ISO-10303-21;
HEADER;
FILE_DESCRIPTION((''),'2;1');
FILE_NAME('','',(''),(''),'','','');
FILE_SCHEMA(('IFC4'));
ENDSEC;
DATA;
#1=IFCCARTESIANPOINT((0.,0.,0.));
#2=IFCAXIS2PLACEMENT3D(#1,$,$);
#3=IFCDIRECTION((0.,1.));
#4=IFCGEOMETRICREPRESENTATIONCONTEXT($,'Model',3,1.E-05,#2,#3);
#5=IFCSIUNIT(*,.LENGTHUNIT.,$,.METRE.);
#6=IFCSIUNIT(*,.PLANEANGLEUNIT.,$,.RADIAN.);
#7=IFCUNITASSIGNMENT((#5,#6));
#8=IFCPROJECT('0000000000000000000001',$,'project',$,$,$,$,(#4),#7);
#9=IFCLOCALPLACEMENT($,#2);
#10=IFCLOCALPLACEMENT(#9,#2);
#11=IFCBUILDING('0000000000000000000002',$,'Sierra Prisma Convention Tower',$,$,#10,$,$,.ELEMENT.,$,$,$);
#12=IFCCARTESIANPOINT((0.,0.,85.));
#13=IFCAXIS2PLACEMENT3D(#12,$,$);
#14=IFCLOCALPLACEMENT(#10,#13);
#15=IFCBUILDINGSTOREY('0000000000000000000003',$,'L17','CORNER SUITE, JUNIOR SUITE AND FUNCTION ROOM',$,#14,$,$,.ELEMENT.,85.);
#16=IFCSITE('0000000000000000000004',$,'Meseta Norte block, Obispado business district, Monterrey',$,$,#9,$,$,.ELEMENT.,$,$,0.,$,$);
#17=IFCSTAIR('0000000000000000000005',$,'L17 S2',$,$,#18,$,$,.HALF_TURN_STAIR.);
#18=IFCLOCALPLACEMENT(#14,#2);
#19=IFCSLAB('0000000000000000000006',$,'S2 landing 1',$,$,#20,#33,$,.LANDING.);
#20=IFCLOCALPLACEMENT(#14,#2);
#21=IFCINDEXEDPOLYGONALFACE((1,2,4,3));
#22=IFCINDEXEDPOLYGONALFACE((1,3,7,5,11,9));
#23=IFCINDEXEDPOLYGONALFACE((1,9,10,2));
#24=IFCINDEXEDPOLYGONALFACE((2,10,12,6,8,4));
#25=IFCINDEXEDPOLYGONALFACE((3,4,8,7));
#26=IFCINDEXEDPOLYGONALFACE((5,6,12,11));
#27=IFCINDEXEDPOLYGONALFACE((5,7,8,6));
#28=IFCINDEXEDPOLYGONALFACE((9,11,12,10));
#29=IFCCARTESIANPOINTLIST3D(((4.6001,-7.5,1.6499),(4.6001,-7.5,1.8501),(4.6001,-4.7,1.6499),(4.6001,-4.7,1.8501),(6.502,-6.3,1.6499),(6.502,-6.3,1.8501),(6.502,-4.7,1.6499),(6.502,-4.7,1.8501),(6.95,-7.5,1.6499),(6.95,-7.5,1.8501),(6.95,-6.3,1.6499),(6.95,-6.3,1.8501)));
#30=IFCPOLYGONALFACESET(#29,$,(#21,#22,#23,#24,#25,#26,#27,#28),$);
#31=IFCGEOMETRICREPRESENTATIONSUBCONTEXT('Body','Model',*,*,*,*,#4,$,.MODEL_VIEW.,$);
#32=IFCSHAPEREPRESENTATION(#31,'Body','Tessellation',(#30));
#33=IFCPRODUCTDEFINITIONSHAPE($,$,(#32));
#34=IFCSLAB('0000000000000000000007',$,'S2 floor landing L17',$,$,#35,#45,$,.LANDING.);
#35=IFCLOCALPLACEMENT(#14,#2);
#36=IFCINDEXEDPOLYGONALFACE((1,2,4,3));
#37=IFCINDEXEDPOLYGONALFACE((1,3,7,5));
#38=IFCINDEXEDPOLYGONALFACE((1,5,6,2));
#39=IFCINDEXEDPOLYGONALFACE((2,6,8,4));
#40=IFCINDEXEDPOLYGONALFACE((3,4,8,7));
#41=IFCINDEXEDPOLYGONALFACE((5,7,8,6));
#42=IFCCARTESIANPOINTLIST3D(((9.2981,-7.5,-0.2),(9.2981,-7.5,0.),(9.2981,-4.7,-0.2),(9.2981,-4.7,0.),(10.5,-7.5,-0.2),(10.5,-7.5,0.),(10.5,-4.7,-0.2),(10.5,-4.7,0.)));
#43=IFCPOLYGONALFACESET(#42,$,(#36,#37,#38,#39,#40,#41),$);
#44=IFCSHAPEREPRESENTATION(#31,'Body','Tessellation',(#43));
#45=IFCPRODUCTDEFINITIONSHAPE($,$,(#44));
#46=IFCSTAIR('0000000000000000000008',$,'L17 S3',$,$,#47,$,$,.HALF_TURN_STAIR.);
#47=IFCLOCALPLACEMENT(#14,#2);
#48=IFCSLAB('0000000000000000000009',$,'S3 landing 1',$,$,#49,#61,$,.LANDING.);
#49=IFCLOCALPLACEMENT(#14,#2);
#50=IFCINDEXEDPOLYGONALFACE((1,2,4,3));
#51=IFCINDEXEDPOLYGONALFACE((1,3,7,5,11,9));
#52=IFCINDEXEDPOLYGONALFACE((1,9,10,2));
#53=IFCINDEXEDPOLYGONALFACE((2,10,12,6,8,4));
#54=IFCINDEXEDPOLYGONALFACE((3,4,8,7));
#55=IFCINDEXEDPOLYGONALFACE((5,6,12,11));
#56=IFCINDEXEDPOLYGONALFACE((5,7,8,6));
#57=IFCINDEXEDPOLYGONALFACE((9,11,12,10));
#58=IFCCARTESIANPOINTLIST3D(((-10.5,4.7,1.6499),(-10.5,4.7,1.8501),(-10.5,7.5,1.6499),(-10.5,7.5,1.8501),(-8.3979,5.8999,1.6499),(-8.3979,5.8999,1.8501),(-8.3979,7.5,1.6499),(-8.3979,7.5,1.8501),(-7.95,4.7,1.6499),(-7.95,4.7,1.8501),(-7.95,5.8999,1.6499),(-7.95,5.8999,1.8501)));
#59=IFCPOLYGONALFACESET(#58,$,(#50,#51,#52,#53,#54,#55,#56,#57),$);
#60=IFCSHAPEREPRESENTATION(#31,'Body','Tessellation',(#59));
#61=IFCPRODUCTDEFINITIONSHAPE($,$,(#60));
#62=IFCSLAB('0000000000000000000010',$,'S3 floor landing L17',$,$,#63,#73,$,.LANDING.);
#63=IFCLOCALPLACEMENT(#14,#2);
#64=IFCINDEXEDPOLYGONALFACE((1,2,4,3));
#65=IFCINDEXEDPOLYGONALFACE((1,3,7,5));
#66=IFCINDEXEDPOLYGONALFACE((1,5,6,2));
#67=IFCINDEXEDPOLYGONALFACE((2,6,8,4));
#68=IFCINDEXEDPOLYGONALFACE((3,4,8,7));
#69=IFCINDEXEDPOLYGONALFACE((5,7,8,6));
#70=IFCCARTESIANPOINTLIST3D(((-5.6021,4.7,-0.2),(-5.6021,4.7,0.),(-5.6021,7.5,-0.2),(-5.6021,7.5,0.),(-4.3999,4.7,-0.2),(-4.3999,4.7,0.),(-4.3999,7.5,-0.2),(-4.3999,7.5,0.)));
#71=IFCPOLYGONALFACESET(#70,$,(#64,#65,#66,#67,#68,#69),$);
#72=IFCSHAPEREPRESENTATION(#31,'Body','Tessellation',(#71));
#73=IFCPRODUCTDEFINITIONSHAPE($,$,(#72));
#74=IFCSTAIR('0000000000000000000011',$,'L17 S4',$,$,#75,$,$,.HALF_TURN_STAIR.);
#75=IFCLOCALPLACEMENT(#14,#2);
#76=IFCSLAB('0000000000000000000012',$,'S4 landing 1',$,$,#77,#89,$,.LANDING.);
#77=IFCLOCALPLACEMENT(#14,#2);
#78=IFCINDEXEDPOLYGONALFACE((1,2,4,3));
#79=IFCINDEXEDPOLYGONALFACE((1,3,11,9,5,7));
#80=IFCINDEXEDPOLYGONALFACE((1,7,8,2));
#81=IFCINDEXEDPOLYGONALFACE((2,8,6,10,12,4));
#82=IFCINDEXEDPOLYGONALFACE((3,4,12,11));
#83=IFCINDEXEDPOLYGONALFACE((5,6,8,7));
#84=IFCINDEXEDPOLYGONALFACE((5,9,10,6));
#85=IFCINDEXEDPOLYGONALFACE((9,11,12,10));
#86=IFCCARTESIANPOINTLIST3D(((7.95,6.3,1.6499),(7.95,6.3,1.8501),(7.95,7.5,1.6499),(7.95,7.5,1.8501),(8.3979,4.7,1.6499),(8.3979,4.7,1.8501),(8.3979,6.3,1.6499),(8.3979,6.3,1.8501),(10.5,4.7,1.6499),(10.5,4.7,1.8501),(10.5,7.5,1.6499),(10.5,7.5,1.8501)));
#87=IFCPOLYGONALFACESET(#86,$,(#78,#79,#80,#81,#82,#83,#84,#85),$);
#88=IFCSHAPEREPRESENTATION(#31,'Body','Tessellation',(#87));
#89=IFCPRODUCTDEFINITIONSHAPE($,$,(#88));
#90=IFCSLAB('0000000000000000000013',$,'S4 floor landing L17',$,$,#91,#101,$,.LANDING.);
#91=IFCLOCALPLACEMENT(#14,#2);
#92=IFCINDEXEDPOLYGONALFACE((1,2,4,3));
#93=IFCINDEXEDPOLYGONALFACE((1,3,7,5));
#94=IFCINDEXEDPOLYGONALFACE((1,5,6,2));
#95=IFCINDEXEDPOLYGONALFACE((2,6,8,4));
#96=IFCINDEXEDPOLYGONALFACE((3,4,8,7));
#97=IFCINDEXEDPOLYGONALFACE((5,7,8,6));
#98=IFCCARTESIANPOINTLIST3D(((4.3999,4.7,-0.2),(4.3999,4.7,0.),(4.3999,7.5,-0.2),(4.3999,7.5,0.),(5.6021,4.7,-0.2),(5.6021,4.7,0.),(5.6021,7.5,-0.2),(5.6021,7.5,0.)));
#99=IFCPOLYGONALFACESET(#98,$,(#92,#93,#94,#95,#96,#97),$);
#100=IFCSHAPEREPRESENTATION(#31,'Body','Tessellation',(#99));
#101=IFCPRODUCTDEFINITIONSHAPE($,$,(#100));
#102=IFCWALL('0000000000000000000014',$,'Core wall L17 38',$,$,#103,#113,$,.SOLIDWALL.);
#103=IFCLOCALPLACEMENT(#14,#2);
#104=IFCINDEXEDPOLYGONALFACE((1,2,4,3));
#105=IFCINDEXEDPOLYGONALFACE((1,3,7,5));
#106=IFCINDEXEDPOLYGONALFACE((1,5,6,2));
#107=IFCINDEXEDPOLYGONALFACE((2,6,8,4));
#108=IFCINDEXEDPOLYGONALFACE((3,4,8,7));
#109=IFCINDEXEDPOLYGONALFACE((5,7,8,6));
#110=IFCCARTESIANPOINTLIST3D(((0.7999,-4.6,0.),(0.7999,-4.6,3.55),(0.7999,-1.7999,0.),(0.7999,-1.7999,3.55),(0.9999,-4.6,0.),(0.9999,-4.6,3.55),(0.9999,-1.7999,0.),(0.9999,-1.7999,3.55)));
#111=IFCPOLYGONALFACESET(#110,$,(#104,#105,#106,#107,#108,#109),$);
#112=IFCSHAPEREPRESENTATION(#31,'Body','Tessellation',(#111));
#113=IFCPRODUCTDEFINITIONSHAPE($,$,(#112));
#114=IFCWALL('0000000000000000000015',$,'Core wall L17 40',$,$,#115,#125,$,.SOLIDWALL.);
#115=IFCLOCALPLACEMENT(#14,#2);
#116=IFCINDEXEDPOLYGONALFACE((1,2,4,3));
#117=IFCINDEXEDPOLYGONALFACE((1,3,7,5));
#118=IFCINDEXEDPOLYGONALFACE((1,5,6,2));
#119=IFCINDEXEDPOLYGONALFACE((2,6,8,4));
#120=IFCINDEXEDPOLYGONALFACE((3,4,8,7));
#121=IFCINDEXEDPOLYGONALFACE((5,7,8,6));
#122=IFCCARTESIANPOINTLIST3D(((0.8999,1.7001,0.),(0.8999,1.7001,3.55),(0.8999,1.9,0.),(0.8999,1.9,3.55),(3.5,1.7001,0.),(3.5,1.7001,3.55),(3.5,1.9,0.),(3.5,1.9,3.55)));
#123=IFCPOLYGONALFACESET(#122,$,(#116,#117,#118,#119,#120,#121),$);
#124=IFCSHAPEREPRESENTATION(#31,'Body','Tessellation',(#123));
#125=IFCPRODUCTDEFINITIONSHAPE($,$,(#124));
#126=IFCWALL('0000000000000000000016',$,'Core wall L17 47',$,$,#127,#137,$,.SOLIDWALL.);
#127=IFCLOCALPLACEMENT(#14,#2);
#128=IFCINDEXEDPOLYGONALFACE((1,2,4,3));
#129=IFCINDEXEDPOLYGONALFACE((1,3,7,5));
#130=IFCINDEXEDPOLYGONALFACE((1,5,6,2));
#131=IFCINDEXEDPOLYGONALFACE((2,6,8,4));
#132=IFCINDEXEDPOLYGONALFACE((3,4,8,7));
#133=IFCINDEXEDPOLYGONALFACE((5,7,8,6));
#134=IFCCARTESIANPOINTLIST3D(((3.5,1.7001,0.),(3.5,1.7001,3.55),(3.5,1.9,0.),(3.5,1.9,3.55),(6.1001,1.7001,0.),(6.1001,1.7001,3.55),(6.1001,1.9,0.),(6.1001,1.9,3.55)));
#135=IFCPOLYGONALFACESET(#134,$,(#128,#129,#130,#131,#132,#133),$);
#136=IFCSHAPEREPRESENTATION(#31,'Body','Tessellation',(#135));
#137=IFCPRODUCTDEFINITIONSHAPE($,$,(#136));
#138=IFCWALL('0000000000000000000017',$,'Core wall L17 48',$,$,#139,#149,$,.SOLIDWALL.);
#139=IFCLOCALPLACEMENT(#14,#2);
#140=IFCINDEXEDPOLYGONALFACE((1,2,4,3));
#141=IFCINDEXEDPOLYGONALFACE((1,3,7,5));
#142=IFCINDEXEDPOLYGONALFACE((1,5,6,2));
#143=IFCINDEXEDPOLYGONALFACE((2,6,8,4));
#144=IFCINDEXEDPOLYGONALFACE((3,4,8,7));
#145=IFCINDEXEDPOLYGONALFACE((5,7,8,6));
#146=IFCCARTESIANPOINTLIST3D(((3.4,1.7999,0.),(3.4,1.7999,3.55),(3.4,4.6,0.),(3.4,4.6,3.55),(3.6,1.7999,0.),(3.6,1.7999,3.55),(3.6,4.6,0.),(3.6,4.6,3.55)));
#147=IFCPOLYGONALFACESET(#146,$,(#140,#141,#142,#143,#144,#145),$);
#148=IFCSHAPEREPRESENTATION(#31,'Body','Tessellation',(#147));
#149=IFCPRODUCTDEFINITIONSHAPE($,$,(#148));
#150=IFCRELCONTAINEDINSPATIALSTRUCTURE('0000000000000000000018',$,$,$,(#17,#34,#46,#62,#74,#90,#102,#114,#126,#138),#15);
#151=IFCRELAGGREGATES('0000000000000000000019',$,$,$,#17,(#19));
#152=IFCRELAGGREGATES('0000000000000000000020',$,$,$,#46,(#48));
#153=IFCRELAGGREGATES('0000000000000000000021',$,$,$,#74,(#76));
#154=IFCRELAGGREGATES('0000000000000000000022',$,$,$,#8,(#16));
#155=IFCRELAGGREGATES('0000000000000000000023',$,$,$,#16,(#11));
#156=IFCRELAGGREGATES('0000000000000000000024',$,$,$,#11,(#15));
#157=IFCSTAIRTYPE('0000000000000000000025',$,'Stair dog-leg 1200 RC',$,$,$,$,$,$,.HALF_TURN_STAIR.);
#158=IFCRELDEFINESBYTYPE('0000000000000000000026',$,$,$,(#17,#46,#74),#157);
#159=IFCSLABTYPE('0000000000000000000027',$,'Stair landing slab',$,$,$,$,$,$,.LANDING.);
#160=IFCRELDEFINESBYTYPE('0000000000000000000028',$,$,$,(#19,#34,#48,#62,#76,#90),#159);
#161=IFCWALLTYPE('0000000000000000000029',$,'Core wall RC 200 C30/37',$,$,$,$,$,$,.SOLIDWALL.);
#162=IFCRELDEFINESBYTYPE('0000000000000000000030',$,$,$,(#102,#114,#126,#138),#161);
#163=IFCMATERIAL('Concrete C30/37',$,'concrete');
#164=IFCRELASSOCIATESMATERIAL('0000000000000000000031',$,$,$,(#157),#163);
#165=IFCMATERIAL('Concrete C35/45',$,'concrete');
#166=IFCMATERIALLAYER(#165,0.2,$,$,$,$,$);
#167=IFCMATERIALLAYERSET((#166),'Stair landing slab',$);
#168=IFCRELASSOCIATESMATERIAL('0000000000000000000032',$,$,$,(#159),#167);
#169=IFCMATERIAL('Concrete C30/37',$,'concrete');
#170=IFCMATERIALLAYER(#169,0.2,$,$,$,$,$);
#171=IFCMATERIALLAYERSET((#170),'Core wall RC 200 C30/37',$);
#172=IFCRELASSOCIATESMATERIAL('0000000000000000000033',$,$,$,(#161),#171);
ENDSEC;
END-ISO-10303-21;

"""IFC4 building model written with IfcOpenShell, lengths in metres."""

from ifc_helpers import new_model, si_unit, direction, frame, frame_2d, origin, place, context, subcontext, project, spatial, polyline, rectangle, outline, extrude, material, layer, layer_set, type_object, element, aggregate, save


model = new_model("IFC4")

# Units and contexts
model_context = context("Model", 3, precision=1e-05, world=origin(), true_north=direction((0.0, 1.0)))
body_context = subcontext(model_context, "Body", "Model", "MODEL_VIEW")
ifc_project = project(units=[si_unit("LENGTHUNIT", "METRE"), si_unit("PLANEANGLEUNIT", "RADIAN")], contexts=[model_context])

# Site, building, storey
site_placement = place(None, origin())
site = spatial("IfcSite", under=ifc_project, at=site_placement, Name="Meseta Norte block, Obispado business district, Monterrey", CompositionType="ELEMENT", RefElevation=0.0)
building_placement = place(site_placement, origin())
building = spatial("IfcBuilding", under=site, at=building_placement, Name="Sierra Prisma Convention Tower", CompositionType="ELEMENT")
storey_placement = place(building_placement, frame((0.0, 0.0, 85.0)))
storey = spatial("IfcBuildingStorey", under=building, at=storey_placement, Name="L17", Description="CORNER SUITE, JUNIOR SUITE AND FUNCTION ROOM", CompositionType="ELEMENT", Elevation=85.0)

# Stair, slab
ifc_material_1 = material(Name="Concrete C30/37", Category="concrete")
stair_type = type_object("IfcStairType", Name="Stair dog-leg 1200 RC", PredefinedType="HALF_TURN_STAIR", material=ifc_material_1)
stair_1_placement = place(storey_placement, origin())
stair_1 = element("IfcStair", 1, at=stair_1_placement, inside=storey, type_object=stair_type, Name="L17 S2", PredefinedType="HALF_TURN_STAIR")
ifc_material_2 = material(Name="Concrete C35/45", Category="concrete")
ifc_layer_1 = layer(ifc_material_2, 0.2)
ifc_layer_set_1 = layer_set([ifc_layer_1], Name="Stair landing slab")
slab_type = type_object("IfcSlabType", Name="Stair landing slab", PredefinedType="LANDING", material=ifc_layer_set_1)
slab_1_placement = place(storey_placement, frame((0.0, 0.0, 1.6499)))
slab_1 = element("IfcSlab", 2, at=slab_1_placement, type_object=slab_type, Name="S2 landing 1", PredefinedType="LANDING", context=body_context, shape_type="SweptSolid", body=[
    extrude(outline(polyline([(6.95, -6.3), (6.95, -7.5), (4.6001, -7.5), (4.6001, -4.7), (6.502, -4.7), (6.502, -6.3), (6.95, -6.3)])), origin(), (0.0, 0.0, 1.0), 0.2002),
])
aggregate(stair_1, [slab_1])

# Slab
slab_2_placement = place(storey_placement, frame((0.0, 0.0, -0.2)))
element("IfcSlab", 3, at=slab_2_placement, inside=storey, type_object=slab_type, Name="S2 floor landing L17", PredefinedType="LANDING", context=body_context, shape_type="SweptSolid", body=[
    extrude(outline(polyline([(10.5, -4.7), (9.2981, -4.7), (9.2981, -7.5), (10.5, -7.5), (10.5, -4.7)])), origin(), (0.0, 0.0, 1.0), 0.2),
])

# Stair, slab
stair_2_placement = place(storey_placement, origin())
stair_2 = element("IfcStair", 4, at=stair_2_placement, inside=storey, type_object=stair_type, Name="L17 S3", PredefinedType="HALF_TURN_STAIR")
slab_3_placement = place(storey_placement, frame((0.0, 0.0, 1.6499)))
slab_3 = element("IfcSlab", 5, at=slab_3_placement, type_object=slab_type, Name="S3 landing 1", PredefinedType="LANDING", context=body_context, shape_type="SweptSolid", body=[
    extrude(outline(polyline([(-7.95, 5.8999), (-7.95, 4.7), (-10.5, 4.7), (-10.5, 7.5), (-8.3979, 7.5), (-8.3979, 5.8999), (-7.95, 5.8999)])), origin(), (0.0, 0.0, 1.0), 0.2002),
])
aggregate(stair_2, [slab_3])

# Slab
slab_4_placement = place(storey_placement, frame((0.0, 0.0, -0.2)))
element("IfcSlab", 6, at=slab_4_placement, inside=storey, type_object=slab_type, Name="S3 floor landing L17", PredefinedType="LANDING", context=body_context, shape_type="SweptSolid", body=[
    extrude(outline(polyline([(-4.3999, 7.5), (-5.6021, 7.5), (-5.6021, 4.7), (-4.3999, 4.7), (-4.3999, 7.5)])), origin(), (0.0, 0.0, 1.0), 0.2),
])

# Stair, slab
stair_3_placement = place(storey_placement, origin())
stair_3 = element("IfcStair", 7, at=stair_3_placement, inside=storey, type_object=stair_type, Name="L17 S4", PredefinedType="HALF_TURN_STAIR")
slab_5_placement = place(storey_placement, frame((0.0, 0.0, 1.6499)))
slab_5 = element("IfcSlab", 8, at=slab_5_placement, type_object=slab_type, Name="S4 landing 1", PredefinedType="LANDING", context=body_context, shape_type="SweptSolid", body=[
    extrude(outline(polyline([(10.5, 7.5), (10.5, 4.7), (8.3979, 4.7), (8.3979, 6.3), (7.95, 6.3), (7.95, 7.5), (10.5, 7.5)])), origin(), (0.0, 0.0, 1.0), 0.2002),
])
aggregate(stair_3, [slab_5])

# Slab
slab_6_placement = place(storey_placement, frame((0.0, 0.0, -0.2)))
element("IfcSlab", 9, at=slab_6_placement, inside=storey, type_object=slab_type, Name="S4 floor landing L17", PredefinedType="LANDING", context=body_context, shape_type="SweptSolid", body=[
    extrude(outline(polyline([(4.3999, 4.7), (5.6021, 4.7), (5.6021, 7.5), (4.3999, 7.5), (4.3999, 4.7)])), origin(), (0.0, 0.0, 1.0), 0.2),
])

# Shared definitions
ifc_material_3 = material(Name="Concrete C30/37", Category="concrete")
ifc_layer_2 = layer(ifc_material_3, 0.2)
ifc_layer_set_2 = layer_set([ifc_layer_2], Name="Core wall RC 200 C30/37")
wall_type = type_object("IfcWallType", Name="Core wall RC 200 C30/37", PredefinedType="SOLIDWALL", material=ifc_layer_set_2)

# Wall
wall_1_placement = place(storey_placement, frame((0.8999, -1.8, 0.0), z_axis=(0.0, 0.0, 1.0), x_axis=(0.0, -1.0, 0.0)))
element("IfcWall", 10, at=wall_1_placement, inside=storey, type_object=wall_type, Name="Core wall L17 38", PredefinedType="SOLIDWALL", context=body_context, shape_type="SweptSolid", body=[
    extrude(rectangle(XDim=2.8, YDim=0.2, at=frame_2d((1.3999, 0.0))), origin(), (0.0, 0.0, 1.0), 3.55),
])

# Wall
wall_2_placement = place(storey_placement, frame((3.5, 1.8, 0.0), z_axis=(0.0, 0.0, 1.0), x_axis=(-1.0, 0.0, 0.0)))
element("IfcWall", 11, at=wall_2_placement, inside=storey, type_object=wall_type, Name="Core wall L17 40", PredefinedType="SOLIDWALL", context=body_context, shape_type="SweptSolid", body=[
    extrude(rectangle(XDim=2.6001, YDim=0.2, at=frame_2d((1.3, 0.0))), origin(), (0.0, 0.0, 1.0), 3.55),
])

# Walls
wall_3_placement = place(storey_placement, frame((6.1001, 1.8, 0.0), z_axis=(0.0, 0.0, 1.0), x_axis=(-1.0, 0.0, 0.0)))
element("IfcWall", 12, at=wall_3_placement, inside=storey, type_object=wall_type, Name="Core wall L17 47", PredefinedType="SOLIDWALL", context=body_context, shape_type="SweptSolid", body=[
    extrude(rectangle(XDim=2.6001, YDim=0.2, at=frame_2d((1.3, 0.0))), origin(), (0.0, 0.0, 1.0), 3.55),
])
wall_4_placement = place(storey_placement, frame((3.5, 1.8, 0.0), z_axis=(0.0, 0.0, 1.0), x_axis=(0.0, 1.0, 0.0)))
element("IfcWall", 13, at=wall_4_placement, inside=storey, type_object=wall_type, Name="Core wall L17 48", PredefinedType="SOLIDWALL", context=body_context, shape_type="SweptSolid", body=[
    extrude(rectangle(XDim=2.8, YDim=0.2, at=frame_2d((1.3999, 0.0))), origin(), (0.0, 0.0, 1.0), 3.55),
])

save(model, "model.ifc")
